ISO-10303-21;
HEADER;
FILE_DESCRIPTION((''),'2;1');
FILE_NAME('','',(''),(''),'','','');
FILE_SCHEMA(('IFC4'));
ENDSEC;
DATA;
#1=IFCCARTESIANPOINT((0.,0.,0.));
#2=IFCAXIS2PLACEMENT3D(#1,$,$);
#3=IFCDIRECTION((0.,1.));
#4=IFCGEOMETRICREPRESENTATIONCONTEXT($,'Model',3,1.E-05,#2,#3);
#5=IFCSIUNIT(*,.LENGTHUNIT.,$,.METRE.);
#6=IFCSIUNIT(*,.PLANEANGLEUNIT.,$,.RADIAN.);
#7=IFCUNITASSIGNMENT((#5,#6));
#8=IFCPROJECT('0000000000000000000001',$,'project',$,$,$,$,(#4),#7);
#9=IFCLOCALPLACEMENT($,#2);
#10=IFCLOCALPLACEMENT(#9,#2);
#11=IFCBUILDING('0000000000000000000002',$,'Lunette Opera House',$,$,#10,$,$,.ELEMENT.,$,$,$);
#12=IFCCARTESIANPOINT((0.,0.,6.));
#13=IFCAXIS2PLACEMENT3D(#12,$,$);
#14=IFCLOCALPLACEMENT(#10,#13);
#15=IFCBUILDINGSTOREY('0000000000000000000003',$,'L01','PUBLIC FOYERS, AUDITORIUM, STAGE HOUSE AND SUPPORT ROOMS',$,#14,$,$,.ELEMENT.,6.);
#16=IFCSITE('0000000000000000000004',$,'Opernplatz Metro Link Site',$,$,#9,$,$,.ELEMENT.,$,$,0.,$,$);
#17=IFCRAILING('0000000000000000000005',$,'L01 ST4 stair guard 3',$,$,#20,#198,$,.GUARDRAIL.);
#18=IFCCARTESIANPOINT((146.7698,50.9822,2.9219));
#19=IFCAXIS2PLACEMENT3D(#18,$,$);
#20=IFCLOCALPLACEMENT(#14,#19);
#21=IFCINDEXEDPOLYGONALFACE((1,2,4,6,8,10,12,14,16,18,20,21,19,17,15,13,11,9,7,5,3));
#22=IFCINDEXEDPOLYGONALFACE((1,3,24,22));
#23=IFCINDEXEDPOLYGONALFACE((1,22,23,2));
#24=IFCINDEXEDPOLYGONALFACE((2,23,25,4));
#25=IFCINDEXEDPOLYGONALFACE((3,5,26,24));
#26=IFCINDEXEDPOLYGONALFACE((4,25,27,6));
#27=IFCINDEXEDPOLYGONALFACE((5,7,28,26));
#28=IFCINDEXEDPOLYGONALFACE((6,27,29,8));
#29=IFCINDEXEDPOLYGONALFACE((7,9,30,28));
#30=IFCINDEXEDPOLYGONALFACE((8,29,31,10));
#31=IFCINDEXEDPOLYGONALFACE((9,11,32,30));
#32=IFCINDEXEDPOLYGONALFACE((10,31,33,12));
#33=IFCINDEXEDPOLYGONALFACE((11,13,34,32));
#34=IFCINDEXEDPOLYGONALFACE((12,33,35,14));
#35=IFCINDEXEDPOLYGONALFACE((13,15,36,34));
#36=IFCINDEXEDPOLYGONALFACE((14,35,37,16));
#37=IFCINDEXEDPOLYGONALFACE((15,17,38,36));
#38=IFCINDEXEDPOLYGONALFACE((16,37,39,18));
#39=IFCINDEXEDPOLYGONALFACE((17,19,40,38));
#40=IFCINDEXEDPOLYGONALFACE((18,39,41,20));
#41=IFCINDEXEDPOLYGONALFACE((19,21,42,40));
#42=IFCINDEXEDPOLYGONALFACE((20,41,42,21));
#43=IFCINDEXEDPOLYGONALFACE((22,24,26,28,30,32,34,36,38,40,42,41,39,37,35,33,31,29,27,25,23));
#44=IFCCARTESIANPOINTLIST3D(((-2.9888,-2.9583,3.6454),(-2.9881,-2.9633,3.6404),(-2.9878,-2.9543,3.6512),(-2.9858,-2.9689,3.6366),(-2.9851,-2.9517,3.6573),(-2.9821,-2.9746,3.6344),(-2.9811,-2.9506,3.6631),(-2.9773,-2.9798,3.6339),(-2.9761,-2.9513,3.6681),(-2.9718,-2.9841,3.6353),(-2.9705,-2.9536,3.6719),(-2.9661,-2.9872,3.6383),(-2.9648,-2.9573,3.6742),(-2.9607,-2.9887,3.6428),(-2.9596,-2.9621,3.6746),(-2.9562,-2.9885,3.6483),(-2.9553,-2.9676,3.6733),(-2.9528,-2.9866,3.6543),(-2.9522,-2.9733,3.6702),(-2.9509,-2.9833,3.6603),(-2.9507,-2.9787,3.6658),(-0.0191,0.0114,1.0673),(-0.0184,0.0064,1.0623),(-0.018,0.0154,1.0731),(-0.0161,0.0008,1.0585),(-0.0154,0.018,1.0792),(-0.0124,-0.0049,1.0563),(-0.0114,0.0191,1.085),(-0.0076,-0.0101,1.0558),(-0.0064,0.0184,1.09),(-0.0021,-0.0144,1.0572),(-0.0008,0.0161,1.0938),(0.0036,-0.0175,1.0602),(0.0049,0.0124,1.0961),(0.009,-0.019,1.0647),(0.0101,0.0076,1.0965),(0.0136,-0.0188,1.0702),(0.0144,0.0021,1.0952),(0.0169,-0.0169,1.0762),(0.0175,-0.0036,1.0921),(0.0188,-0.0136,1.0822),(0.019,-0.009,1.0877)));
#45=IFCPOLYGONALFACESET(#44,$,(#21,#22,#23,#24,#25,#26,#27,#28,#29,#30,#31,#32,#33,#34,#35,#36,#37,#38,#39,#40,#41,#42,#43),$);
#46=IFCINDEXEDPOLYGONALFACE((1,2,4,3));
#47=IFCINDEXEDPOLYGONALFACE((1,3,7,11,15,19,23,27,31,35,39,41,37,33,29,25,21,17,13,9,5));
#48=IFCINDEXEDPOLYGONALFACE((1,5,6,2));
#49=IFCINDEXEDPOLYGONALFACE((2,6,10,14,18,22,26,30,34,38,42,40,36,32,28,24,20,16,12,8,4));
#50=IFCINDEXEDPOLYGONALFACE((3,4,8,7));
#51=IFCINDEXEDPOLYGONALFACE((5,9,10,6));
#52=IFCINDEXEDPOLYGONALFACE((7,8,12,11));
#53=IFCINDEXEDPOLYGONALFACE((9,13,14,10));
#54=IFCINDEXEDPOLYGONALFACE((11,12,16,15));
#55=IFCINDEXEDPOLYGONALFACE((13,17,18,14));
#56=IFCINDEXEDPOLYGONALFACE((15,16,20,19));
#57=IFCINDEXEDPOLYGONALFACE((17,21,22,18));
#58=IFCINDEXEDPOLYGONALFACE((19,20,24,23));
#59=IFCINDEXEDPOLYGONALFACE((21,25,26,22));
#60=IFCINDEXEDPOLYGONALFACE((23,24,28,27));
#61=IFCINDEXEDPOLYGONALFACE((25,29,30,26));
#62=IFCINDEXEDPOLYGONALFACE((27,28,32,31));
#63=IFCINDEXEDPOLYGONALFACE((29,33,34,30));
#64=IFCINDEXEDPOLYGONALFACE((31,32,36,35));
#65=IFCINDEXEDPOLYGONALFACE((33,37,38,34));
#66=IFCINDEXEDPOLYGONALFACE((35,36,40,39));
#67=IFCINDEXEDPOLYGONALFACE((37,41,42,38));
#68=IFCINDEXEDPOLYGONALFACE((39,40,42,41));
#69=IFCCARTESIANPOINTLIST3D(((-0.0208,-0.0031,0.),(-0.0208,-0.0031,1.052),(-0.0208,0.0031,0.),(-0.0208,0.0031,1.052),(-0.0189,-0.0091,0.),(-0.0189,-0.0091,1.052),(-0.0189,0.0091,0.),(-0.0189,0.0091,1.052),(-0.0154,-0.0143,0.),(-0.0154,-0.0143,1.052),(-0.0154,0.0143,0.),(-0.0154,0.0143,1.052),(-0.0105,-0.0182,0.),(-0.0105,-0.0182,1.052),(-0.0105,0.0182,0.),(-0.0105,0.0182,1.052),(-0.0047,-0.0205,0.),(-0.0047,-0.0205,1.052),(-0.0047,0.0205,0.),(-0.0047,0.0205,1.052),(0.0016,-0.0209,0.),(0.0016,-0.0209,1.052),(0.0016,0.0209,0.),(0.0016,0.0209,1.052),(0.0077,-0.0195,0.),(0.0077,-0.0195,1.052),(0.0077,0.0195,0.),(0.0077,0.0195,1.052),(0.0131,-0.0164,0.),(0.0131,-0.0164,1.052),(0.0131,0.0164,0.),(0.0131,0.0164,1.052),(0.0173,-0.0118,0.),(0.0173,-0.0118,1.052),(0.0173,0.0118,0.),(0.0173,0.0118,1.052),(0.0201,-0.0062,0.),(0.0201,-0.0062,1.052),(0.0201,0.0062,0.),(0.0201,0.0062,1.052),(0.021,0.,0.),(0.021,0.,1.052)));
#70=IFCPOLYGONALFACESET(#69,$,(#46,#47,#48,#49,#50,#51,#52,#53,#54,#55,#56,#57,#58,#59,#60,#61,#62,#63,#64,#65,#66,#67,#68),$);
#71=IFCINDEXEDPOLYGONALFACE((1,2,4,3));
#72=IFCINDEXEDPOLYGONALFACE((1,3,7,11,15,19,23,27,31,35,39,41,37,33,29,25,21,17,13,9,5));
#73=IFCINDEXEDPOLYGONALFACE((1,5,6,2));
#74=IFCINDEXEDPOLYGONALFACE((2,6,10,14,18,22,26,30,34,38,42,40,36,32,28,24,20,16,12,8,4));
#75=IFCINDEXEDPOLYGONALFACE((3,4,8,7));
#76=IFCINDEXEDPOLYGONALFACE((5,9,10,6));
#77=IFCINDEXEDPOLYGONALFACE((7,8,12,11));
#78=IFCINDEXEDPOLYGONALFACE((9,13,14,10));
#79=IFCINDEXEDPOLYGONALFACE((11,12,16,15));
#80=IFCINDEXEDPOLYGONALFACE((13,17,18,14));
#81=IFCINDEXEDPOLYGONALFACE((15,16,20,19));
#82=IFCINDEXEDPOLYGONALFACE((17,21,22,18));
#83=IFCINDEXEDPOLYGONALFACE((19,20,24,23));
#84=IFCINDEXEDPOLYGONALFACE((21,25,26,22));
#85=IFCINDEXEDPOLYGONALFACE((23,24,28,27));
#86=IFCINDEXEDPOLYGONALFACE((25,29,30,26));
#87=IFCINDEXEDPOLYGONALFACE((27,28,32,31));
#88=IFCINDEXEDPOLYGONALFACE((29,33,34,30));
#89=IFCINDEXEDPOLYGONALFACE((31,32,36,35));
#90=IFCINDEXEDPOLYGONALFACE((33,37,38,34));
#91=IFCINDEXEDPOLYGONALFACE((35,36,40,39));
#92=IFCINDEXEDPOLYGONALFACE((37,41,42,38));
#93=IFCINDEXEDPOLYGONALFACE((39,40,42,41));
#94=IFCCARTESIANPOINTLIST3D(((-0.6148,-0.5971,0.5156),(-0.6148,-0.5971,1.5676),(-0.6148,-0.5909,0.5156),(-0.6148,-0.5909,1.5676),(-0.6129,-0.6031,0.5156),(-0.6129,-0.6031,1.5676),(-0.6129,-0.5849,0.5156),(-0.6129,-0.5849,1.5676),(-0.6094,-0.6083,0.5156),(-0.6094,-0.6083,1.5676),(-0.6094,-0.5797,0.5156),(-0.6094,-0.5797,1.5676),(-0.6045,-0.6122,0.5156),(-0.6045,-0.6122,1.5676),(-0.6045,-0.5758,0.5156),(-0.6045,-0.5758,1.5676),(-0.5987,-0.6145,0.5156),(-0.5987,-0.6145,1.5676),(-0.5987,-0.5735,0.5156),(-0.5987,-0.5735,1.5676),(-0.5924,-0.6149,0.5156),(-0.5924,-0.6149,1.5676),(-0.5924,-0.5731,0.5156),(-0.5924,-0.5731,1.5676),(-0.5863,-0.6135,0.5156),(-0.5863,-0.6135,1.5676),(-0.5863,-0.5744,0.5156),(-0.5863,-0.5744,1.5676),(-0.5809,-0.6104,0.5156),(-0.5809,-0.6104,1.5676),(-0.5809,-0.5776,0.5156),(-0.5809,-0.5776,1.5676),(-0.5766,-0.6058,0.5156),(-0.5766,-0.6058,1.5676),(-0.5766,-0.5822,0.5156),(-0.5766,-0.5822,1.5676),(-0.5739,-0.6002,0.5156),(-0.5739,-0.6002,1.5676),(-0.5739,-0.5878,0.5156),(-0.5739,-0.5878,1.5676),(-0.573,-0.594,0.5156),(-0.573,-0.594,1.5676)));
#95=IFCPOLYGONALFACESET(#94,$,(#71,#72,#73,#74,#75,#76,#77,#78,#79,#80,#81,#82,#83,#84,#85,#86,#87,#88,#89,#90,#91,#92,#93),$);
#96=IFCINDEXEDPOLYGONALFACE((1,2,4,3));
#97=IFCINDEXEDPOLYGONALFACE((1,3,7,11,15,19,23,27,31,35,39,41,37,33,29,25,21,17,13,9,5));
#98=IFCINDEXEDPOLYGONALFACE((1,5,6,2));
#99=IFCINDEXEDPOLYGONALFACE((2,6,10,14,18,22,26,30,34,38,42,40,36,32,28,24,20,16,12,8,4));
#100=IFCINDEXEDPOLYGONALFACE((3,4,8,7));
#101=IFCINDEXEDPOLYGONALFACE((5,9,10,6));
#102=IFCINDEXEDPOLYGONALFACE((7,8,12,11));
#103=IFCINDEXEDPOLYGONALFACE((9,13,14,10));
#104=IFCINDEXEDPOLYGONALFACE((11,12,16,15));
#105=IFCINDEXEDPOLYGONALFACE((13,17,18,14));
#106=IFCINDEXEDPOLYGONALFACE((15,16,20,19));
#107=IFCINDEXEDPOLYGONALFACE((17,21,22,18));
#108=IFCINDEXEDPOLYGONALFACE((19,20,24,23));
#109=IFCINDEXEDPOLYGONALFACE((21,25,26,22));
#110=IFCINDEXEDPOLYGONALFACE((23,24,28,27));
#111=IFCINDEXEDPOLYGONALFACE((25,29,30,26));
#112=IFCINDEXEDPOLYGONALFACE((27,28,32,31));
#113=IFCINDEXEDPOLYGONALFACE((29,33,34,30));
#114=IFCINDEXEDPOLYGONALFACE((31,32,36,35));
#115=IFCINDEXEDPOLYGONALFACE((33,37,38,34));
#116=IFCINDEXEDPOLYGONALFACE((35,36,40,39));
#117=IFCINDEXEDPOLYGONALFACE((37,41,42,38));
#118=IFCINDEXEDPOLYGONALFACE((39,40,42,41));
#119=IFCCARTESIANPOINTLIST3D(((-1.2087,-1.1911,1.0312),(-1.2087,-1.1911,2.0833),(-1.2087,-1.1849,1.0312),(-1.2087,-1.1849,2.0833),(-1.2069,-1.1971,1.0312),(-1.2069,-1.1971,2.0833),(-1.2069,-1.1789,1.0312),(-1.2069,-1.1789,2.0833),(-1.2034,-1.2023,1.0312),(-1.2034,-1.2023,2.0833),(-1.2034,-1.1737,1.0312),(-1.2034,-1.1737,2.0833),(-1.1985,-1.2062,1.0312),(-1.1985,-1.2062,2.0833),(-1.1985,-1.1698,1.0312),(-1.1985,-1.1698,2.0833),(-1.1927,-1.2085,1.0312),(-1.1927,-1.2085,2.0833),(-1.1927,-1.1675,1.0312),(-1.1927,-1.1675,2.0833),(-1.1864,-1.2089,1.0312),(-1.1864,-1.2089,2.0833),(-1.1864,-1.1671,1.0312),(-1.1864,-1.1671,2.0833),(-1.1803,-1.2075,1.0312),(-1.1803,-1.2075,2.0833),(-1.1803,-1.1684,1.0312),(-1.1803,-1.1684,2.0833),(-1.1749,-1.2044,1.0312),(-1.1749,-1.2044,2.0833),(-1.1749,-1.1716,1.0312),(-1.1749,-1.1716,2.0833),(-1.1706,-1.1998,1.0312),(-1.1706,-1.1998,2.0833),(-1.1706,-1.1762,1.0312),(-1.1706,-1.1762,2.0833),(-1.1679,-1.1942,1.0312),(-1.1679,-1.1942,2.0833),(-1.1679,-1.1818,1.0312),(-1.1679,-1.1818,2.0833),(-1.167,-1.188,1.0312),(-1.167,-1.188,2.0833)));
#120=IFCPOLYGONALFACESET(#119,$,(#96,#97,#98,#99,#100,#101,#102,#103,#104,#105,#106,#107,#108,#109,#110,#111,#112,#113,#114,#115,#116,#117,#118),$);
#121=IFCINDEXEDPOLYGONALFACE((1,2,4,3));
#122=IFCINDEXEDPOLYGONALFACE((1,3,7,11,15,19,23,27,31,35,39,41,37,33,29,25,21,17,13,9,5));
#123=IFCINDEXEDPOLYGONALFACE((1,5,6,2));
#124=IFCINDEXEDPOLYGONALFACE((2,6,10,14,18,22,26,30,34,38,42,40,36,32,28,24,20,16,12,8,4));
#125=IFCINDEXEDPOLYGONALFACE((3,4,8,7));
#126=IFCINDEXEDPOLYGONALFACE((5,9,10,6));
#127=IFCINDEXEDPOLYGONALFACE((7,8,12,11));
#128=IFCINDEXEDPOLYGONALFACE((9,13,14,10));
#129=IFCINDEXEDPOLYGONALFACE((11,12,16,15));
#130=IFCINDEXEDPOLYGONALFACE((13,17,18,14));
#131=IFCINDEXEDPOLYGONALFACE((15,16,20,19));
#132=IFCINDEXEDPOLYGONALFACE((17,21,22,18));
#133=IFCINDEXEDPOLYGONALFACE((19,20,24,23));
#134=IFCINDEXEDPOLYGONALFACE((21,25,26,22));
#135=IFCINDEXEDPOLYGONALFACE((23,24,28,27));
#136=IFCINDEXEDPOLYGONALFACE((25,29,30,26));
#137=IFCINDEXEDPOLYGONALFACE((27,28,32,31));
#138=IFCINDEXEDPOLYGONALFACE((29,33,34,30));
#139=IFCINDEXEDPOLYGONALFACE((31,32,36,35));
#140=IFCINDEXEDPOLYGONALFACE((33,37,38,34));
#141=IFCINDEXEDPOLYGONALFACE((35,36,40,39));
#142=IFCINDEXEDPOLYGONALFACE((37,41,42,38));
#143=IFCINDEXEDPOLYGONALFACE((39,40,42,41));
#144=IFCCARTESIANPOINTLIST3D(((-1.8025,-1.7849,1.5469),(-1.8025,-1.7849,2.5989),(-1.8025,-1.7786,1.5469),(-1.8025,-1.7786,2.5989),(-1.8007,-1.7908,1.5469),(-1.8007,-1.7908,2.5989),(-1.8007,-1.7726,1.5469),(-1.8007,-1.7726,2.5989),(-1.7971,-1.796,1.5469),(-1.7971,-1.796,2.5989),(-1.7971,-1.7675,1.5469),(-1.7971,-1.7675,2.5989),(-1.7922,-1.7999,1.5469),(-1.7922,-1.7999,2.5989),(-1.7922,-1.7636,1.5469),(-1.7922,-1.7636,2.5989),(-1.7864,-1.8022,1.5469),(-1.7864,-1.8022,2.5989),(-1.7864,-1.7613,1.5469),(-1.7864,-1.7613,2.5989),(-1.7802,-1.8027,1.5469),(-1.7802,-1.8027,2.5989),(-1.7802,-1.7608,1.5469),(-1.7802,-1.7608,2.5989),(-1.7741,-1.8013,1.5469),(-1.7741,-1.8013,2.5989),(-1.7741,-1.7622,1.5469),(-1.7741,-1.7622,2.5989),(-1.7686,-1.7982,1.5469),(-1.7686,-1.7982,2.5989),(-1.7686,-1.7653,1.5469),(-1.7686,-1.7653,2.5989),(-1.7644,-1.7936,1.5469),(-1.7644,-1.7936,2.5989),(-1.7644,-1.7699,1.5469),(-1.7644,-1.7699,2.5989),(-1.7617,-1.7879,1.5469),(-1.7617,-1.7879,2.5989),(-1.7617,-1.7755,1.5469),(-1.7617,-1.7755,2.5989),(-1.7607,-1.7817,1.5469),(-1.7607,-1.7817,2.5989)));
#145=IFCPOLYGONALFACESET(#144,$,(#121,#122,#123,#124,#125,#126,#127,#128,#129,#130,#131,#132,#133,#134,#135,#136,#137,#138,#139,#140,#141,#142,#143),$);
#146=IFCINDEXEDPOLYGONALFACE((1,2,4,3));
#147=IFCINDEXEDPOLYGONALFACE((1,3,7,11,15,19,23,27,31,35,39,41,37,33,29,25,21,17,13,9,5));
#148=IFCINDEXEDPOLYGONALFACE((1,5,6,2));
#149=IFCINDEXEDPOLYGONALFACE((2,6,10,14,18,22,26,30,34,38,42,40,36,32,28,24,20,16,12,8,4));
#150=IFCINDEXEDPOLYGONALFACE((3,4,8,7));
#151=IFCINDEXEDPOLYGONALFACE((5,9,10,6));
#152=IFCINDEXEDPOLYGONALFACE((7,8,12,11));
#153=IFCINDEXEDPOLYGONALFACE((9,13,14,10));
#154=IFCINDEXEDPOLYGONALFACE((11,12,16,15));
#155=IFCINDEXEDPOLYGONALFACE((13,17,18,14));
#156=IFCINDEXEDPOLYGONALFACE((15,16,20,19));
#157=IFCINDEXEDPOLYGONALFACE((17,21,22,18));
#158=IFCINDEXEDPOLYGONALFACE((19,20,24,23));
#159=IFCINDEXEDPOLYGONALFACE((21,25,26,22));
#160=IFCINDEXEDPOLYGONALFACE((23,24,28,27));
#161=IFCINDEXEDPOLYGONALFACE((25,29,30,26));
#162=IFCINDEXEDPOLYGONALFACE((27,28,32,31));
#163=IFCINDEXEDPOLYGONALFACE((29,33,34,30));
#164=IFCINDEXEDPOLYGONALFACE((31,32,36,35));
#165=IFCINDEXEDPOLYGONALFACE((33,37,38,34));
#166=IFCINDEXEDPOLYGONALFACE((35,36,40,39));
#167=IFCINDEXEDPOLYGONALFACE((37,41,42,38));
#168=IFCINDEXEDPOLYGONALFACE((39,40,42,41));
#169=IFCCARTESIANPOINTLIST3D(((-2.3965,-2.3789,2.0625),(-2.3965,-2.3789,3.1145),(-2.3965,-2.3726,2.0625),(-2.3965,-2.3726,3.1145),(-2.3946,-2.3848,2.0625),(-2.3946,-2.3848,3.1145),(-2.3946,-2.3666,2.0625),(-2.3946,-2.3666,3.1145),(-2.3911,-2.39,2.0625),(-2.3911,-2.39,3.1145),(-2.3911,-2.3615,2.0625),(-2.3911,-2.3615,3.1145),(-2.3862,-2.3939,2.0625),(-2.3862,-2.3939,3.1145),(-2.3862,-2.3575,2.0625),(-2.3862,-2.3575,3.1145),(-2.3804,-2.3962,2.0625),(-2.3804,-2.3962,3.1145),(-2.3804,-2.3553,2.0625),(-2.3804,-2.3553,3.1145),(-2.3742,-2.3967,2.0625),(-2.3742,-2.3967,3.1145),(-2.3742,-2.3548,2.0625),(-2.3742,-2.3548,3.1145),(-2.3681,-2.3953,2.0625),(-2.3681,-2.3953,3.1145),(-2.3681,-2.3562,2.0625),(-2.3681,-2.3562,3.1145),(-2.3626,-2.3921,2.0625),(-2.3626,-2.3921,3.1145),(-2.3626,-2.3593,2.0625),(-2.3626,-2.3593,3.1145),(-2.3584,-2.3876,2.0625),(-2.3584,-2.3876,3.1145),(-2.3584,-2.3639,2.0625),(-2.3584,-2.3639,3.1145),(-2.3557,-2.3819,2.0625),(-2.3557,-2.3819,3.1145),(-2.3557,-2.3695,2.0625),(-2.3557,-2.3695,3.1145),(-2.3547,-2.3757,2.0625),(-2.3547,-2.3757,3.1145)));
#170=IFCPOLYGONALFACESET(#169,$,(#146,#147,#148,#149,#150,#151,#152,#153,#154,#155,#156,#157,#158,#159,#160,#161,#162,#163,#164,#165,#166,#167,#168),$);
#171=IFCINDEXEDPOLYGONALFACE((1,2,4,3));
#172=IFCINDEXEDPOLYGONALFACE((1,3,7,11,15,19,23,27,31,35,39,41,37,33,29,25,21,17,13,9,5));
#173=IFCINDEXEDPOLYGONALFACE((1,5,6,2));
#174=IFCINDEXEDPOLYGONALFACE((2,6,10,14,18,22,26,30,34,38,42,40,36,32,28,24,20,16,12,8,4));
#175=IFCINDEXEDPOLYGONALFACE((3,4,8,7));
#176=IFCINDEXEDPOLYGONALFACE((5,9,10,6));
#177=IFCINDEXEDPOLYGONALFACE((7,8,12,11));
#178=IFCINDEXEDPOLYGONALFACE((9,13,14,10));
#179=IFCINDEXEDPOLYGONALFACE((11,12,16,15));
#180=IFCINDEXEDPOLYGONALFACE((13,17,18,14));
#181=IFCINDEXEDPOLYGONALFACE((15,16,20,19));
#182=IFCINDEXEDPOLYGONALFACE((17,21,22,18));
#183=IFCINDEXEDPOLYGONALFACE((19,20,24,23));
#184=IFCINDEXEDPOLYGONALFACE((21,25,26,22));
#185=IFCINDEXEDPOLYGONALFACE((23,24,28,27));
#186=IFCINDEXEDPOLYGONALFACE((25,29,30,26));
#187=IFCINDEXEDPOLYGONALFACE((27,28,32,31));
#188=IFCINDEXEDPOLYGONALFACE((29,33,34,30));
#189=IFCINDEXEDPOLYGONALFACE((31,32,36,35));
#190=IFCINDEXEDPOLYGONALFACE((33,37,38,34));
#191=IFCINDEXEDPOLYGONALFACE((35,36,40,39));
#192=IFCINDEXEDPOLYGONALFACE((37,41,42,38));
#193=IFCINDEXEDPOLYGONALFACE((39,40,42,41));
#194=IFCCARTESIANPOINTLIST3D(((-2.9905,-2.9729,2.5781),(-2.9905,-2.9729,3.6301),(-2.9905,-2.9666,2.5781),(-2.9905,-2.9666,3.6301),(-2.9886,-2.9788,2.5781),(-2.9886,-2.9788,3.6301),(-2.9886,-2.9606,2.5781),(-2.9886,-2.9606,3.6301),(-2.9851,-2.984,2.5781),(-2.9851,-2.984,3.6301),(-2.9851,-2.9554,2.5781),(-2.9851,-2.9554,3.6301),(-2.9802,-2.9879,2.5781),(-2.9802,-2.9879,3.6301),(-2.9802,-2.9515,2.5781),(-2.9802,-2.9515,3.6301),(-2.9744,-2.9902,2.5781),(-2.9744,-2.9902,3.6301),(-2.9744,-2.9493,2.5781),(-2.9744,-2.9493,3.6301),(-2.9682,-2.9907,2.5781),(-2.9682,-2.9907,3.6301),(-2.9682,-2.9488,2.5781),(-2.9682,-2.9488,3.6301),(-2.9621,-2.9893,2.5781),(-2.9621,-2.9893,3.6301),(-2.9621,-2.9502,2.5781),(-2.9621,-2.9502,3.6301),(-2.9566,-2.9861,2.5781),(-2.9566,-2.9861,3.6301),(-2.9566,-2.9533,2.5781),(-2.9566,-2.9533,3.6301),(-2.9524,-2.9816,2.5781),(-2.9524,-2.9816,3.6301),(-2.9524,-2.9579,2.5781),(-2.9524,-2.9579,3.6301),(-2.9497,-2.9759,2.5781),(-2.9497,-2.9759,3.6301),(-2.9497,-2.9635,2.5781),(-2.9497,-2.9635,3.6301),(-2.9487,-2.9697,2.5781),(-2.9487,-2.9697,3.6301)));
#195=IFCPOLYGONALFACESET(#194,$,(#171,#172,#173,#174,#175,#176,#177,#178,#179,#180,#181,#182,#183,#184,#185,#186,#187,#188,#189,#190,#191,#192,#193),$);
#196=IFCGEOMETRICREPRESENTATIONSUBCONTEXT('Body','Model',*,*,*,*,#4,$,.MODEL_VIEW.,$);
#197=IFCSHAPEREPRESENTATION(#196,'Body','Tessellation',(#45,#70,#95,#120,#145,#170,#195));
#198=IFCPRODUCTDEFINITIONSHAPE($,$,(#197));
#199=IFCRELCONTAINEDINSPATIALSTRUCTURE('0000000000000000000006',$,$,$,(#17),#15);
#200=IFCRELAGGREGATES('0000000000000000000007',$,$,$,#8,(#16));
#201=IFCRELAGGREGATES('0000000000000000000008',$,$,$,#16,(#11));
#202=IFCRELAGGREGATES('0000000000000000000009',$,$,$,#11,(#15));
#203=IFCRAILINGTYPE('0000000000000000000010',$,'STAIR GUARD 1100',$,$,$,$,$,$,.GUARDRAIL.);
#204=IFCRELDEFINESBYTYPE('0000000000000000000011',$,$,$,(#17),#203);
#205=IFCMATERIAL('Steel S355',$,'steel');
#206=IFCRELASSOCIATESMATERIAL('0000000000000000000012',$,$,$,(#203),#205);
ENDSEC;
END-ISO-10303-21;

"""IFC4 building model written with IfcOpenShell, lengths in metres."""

from ifc_helpers import new_model, si_unit, direction, frame, origin, origin_2d, place, context, subcontext, project, spatial, circle, extrude, material, type_object, element, save


model = new_model("IFC4")

# Units and contexts
model_context = context("Model", 3, precision=1e-05, world=origin(), true_north=direction((0.0, 1.0)))
body_context = subcontext(model_context, "Body", "Model", "MODEL_VIEW")
ifc_project = project(units=[si_unit("LENGTHUNIT", "METRE"), si_unit("PLANEANGLEUNIT", "RADIAN")], contexts=[model_context])

# Site, building, storey
site_placement = place(None, origin())
site = spatial("IfcSite", under=ifc_project, at=site_placement, Name="Opernplatz Metro Link Site", CompositionType="ELEMENT", RefElevation=0.0)
building_placement = place(site_placement, origin())
building = spatial("IfcBuilding", under=site, at=building_placement, Name="Lunette Opera House", CompositionType="ELEMENT")
storey_placement = place(building_placement, frame((0.0, 0.0, 6.0)))
storey = spatial("IfcBuildingStorey", under=building, at=storey_placement, Name="L01", Description="PUBLIC FOYERS, AUDITORIUM, STAGE HOUSE AND SUPPORT ROOMS", CompositionType="ELEMENT", Elevation=6.0)

# Railing
ifc_material_1 = material(Name="Steel S355", Category="steel")
railing_type_1 = type_object("IfcRailingType", Name="STAIR GUARD 1100", PredefinedType="GUARDRAIL", material=ifc_material_1)
railing_1_placement = place(storey_placement, frame((146.7698, 50.9822, 2.9219)))
element("IfcRailing", 1, at=railing_1_placement, inside=storey, type_object=railing_type_1, Name="L01 ST4 stair guard 3", PredefinedType="GUARDRAIL", context=body_context, shape_type="SweptSolid", body=[
    extrude(circle(Radius=0.0239, at=origin_2d()), frame((0.0, 0.0, 1.0762), z_axis=(-0.602622, -0.602622, 0.523157), x_axis=(0.707107, -0.707107, 0.0)), (0.0, 0.0, 1.0), 4.928),
    extrude(circle(Radius=0.021, at=origin_2d()), origin(), (0.0, 0.0, 1.0), 1.052),
    extrude(circle(Radius=0.021, at=origin_2d()), frame((-0.594, -0.594, 0.5156)), (0.0, 0.0, 1.0), 1.052),
    extrude(circle(Radius=0.021, at=origin_2d()), frame((-1.188, -1.188, 1.0312)), (0.0, 0.0, 1.0), 1.052),
    extrude(circle(Radius=0.021, at=origin_2d()), frame((-1.7817, -1.7817, 1.5469)), (0.0, 0.0, 1.0), 1.052),
    extrude(circle(Radius=0.021, at=origin_2d()), frame((-2.3757, -2.3757, 2.0625)), (0.0, 0.0, 1.0), 1.052),
    extrude(circle(Radius=0.021, at=origin_2d()), frame((-2.9697, -2.9697, 2.5781)), (0.0, 0.0, 1.0), 1.052),
])

save(model, "model.ifc")
